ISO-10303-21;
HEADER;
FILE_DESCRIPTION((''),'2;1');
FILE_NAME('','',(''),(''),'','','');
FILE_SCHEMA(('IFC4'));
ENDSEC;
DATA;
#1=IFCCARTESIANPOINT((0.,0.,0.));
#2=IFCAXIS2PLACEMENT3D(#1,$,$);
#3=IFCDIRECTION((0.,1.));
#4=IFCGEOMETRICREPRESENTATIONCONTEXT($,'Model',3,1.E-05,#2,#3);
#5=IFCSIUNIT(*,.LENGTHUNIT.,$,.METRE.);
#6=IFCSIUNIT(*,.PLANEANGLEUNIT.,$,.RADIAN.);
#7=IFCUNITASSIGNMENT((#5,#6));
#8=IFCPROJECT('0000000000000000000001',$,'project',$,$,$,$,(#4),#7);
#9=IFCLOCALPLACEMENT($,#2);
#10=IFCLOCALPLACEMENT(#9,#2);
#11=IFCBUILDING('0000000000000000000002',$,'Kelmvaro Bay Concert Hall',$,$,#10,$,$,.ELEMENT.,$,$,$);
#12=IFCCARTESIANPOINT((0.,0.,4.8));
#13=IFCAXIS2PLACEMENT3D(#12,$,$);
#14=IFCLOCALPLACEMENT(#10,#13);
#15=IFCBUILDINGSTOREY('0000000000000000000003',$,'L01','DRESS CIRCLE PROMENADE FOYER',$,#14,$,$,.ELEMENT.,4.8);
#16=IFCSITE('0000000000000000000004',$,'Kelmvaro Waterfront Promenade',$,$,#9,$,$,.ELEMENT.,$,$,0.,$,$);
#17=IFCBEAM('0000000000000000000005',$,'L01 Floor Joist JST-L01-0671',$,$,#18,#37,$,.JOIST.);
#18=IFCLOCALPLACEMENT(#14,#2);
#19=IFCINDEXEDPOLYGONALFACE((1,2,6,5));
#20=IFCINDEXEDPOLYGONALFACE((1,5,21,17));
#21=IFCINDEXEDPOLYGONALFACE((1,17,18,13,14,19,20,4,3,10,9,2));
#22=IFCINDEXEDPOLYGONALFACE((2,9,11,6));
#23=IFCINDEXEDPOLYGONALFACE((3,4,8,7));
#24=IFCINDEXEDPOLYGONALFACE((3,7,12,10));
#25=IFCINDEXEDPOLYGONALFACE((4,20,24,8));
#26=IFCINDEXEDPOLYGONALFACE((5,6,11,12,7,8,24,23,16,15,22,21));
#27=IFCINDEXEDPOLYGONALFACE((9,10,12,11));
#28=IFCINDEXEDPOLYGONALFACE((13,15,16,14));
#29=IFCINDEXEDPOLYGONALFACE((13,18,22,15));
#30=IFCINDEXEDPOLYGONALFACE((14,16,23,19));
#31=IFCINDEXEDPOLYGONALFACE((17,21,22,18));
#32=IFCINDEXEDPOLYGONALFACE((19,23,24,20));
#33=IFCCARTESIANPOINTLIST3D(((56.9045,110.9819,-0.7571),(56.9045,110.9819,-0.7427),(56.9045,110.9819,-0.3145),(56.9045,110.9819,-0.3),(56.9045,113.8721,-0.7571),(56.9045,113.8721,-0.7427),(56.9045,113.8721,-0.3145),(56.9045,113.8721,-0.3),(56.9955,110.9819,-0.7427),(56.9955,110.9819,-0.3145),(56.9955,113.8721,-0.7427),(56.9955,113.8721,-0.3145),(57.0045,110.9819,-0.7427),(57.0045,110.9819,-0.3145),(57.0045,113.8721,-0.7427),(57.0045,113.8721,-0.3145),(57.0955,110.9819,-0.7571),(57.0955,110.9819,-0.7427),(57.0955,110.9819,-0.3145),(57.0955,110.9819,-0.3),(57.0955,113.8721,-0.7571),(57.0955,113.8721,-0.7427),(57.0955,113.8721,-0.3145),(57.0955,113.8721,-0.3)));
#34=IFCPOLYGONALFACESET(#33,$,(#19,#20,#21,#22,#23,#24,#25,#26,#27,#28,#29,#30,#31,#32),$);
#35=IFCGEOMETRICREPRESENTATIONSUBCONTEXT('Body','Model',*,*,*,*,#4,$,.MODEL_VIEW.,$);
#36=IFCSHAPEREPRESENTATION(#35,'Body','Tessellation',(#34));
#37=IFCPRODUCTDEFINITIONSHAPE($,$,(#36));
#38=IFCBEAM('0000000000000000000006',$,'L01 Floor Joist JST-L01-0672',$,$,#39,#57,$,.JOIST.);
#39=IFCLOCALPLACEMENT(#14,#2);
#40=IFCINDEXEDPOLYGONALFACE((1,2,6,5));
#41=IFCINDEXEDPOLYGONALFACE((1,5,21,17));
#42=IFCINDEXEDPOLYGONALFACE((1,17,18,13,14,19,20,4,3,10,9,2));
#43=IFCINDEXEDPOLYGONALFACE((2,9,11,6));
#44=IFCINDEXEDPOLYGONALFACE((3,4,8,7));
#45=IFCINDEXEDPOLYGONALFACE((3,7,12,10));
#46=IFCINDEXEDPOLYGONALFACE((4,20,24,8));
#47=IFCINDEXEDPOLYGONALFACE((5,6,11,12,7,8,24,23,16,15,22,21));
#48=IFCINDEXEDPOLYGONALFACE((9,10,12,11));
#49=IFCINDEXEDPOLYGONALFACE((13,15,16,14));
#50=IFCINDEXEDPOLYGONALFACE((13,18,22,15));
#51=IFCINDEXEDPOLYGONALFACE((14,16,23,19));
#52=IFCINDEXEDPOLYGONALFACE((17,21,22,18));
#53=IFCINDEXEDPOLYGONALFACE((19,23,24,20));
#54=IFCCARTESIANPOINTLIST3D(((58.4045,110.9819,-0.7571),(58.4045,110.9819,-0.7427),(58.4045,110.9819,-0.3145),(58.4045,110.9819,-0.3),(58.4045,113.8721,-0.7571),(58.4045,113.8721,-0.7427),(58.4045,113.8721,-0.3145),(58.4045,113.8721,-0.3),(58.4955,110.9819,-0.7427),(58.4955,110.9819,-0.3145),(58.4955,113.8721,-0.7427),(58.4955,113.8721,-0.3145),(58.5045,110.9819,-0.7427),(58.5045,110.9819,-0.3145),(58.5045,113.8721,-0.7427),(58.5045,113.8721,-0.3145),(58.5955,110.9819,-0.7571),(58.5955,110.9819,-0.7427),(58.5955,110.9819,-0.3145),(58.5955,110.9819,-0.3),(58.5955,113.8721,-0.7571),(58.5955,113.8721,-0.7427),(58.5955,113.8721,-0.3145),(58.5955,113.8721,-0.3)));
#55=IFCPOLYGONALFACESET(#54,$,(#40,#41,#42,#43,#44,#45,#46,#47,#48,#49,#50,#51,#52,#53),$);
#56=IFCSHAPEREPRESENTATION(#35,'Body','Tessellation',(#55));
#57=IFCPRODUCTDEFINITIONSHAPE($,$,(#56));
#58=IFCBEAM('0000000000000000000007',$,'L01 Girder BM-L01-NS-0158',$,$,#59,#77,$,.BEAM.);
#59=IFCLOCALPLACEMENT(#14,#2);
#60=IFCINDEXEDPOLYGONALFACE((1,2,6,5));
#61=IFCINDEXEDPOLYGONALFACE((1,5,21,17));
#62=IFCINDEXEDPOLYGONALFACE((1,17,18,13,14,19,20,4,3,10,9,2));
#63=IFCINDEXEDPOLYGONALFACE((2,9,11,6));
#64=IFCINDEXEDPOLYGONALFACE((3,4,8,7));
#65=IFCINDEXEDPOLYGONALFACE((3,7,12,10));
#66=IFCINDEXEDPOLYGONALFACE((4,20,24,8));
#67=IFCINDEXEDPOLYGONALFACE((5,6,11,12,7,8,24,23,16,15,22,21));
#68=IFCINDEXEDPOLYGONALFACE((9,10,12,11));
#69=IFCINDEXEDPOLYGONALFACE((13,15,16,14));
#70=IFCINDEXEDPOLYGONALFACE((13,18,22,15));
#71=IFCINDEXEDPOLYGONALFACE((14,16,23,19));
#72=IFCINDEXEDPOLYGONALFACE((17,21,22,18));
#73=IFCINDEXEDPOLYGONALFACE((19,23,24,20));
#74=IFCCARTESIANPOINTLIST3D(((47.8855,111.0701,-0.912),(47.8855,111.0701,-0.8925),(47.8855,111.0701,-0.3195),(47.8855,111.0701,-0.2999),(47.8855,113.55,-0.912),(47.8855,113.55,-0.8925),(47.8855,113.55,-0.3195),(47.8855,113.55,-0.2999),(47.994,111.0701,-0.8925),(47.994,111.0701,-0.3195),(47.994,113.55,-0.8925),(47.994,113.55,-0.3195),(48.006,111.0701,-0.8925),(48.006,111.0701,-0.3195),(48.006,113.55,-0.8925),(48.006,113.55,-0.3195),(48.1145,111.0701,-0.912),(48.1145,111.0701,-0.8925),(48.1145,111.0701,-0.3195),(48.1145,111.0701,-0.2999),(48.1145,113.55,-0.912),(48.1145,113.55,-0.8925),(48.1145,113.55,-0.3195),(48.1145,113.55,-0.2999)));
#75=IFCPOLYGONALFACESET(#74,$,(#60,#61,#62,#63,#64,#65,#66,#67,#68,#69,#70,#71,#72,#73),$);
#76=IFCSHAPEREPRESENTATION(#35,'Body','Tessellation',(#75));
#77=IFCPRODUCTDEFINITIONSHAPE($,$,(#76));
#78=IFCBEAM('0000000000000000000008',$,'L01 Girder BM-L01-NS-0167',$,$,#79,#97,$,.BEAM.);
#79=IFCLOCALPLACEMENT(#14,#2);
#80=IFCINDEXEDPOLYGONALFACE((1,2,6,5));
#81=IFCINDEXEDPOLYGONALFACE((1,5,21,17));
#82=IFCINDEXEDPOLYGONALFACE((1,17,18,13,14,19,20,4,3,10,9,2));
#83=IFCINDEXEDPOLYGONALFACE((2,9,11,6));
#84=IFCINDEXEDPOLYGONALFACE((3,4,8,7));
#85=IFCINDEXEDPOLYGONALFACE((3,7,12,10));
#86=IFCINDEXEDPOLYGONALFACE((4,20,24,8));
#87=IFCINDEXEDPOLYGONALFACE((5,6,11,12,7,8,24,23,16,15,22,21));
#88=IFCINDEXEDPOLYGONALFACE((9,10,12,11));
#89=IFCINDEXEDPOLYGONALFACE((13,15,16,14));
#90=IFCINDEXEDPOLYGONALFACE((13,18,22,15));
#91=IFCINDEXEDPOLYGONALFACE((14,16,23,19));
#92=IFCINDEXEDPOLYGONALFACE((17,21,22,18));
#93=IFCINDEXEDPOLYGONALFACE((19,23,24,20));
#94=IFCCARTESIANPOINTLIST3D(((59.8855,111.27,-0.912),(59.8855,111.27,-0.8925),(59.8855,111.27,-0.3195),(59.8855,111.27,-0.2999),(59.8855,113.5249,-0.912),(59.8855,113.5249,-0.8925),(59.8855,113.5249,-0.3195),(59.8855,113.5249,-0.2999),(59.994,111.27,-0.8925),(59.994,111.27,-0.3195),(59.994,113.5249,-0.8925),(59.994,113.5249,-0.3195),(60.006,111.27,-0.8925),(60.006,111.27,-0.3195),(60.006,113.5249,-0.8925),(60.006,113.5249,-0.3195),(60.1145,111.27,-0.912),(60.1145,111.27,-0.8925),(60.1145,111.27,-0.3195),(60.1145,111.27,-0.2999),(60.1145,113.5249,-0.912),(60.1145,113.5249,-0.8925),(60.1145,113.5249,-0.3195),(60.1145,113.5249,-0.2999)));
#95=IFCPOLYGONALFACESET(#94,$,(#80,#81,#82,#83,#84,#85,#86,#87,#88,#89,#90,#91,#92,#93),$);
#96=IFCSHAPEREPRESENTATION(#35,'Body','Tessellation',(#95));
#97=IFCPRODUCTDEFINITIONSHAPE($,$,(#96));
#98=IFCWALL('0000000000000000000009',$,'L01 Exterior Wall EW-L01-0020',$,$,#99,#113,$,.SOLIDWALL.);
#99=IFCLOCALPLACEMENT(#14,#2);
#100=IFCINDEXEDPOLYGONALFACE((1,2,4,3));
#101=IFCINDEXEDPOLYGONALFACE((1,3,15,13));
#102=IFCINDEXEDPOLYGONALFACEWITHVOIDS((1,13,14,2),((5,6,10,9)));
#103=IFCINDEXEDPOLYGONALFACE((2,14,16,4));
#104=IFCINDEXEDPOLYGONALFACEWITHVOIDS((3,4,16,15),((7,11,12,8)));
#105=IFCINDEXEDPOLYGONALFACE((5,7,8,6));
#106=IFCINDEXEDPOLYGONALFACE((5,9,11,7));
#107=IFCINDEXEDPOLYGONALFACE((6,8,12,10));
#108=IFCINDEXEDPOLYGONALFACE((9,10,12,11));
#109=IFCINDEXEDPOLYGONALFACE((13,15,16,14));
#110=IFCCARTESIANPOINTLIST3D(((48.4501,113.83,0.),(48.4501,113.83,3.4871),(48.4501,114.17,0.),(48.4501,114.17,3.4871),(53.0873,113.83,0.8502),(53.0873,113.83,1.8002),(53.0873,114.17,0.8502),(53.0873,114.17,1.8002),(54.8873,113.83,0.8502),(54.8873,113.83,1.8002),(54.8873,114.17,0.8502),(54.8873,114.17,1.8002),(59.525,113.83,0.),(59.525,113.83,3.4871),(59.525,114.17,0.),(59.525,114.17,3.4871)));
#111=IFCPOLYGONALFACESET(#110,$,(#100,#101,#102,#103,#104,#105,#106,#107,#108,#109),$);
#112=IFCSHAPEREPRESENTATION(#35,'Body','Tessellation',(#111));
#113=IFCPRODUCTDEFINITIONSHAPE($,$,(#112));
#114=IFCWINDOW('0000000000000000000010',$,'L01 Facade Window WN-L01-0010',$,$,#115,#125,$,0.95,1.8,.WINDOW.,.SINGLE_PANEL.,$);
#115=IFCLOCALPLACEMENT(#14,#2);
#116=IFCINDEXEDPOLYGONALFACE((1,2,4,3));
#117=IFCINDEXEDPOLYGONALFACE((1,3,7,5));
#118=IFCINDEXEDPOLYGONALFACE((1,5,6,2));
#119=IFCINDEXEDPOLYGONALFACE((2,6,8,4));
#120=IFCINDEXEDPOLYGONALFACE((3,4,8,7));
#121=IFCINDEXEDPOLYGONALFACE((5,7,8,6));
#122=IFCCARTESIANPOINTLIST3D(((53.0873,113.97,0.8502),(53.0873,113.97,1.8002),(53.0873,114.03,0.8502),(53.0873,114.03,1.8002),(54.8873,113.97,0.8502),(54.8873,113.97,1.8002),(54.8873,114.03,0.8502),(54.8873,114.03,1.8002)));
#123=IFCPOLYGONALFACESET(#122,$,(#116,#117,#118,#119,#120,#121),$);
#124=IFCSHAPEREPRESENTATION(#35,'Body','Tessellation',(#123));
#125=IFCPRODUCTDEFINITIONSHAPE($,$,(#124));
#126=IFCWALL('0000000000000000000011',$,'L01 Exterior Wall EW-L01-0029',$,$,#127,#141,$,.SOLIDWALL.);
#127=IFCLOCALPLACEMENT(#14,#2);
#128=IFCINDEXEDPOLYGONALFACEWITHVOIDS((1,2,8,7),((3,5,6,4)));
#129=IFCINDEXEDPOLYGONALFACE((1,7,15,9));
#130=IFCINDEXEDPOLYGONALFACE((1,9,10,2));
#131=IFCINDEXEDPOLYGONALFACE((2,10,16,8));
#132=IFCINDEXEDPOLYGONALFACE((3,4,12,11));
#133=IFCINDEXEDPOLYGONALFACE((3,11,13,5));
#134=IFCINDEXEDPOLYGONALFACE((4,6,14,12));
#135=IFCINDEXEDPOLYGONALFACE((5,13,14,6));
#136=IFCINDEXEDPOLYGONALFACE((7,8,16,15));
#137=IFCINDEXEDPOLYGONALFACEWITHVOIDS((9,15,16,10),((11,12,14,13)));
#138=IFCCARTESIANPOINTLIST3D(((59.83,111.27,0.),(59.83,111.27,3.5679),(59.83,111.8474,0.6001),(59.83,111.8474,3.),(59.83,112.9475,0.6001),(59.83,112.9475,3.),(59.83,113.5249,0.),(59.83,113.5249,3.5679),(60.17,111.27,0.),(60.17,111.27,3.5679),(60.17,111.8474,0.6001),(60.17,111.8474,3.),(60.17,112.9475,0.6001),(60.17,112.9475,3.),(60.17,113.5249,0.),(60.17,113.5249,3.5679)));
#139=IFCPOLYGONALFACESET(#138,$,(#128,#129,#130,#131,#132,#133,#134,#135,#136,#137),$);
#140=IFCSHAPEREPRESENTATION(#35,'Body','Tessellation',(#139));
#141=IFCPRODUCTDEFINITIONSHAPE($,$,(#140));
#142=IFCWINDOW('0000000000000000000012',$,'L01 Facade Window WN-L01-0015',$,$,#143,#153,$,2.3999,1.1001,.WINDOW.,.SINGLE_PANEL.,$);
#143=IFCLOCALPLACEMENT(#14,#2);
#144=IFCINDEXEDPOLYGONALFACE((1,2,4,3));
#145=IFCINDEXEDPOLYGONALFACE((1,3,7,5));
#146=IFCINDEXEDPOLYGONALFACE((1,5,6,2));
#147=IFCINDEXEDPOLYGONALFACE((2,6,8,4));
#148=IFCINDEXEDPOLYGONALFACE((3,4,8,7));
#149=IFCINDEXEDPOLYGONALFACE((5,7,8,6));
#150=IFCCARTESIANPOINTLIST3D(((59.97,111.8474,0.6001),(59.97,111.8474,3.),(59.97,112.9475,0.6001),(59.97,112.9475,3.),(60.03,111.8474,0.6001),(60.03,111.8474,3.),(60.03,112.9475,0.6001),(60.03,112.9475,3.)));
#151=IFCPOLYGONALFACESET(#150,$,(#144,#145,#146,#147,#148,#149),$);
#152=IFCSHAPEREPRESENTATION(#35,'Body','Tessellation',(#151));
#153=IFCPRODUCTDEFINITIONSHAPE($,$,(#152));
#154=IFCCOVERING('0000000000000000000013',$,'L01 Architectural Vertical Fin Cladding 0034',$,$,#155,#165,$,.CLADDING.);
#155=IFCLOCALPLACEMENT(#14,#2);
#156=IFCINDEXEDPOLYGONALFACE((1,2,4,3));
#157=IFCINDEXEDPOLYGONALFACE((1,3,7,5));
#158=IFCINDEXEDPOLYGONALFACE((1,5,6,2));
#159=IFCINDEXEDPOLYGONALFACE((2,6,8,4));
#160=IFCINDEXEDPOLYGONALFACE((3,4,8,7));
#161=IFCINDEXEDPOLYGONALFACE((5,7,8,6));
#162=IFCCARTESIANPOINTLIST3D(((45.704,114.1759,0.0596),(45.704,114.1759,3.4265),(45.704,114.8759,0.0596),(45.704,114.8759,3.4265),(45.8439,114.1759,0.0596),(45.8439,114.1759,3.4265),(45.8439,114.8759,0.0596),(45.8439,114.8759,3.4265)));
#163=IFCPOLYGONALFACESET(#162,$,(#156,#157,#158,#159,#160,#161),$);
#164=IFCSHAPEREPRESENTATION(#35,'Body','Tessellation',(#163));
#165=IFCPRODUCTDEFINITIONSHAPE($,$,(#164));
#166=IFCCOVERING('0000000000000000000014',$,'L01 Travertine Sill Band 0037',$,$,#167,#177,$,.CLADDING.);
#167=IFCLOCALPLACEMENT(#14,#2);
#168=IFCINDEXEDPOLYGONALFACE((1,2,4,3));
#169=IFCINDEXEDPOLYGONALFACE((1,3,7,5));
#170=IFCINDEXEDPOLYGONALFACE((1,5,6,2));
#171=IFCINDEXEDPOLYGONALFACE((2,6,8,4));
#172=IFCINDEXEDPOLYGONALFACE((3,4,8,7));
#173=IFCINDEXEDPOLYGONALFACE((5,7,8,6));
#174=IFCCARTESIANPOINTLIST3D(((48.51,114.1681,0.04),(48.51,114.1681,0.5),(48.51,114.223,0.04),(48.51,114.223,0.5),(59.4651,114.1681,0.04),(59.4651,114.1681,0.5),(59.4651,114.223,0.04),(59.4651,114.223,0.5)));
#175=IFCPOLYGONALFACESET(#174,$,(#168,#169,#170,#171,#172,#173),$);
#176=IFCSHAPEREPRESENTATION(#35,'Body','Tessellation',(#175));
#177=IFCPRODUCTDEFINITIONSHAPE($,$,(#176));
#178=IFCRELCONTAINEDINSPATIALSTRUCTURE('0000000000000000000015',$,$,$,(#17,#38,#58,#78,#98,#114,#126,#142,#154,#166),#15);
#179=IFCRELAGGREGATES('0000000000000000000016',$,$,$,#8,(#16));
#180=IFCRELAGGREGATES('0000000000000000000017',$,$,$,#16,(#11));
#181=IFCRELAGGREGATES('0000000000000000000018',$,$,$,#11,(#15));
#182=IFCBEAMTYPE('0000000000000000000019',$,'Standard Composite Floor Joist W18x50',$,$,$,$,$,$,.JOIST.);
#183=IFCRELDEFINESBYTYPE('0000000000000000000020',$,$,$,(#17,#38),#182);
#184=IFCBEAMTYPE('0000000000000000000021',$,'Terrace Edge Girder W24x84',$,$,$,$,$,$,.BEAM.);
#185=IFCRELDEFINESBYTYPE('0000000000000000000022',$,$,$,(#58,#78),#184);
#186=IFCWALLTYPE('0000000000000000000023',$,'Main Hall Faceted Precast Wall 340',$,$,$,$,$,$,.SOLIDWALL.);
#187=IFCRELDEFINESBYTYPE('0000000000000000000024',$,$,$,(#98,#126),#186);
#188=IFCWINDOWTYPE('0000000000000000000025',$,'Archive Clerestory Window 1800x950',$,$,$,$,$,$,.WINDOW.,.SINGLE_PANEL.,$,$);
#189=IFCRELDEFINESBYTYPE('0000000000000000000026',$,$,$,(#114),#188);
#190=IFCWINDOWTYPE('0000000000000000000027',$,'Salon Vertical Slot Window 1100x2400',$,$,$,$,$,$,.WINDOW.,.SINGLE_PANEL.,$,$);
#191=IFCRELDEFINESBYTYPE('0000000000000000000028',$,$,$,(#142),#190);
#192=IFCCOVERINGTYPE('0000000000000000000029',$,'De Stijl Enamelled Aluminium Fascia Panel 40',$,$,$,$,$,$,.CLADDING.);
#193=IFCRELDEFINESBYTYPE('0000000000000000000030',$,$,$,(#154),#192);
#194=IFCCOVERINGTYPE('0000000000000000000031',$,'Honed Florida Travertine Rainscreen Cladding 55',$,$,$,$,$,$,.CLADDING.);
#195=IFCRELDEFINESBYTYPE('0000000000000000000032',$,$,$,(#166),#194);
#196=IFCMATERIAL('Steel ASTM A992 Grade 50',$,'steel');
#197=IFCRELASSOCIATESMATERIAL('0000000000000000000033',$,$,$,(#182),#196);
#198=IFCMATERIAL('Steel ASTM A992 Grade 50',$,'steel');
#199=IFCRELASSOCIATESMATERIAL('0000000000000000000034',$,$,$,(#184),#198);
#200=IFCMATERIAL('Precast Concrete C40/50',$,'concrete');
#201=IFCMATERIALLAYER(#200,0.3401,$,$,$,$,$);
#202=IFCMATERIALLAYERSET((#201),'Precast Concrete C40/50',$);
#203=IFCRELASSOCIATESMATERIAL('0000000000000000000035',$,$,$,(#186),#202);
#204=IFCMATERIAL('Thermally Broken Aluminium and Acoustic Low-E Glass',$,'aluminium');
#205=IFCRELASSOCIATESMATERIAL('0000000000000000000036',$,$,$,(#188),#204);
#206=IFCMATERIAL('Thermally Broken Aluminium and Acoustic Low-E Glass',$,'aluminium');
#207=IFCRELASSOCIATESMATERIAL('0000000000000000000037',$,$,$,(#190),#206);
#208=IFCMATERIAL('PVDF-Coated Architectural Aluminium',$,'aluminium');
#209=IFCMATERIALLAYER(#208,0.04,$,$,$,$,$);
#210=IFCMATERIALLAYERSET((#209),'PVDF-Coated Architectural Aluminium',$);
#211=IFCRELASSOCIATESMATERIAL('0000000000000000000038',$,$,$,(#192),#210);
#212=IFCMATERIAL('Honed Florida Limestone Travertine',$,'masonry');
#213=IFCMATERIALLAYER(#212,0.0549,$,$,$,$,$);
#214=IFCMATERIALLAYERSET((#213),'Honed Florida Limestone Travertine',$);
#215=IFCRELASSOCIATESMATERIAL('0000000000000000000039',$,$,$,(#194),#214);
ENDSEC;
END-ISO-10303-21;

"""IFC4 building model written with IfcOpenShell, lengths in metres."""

from ifc_helpers import new_model, si_unit, direction, frame, frame_2d, origin, origin_2d, place, context, subcontext, project, spatial, rectangle, i_section, extrude, material, layer, layer_set, material_profile, profile_set, type_object, element, fill, save


model = new_model("IFC4")

# Units and contexts
model_context = context("Model", 3, precision=1e-05, world=origin(), true_north=direction((0.0, 1.0)))
body_context = subcontext(model_context, "Body", "Model", "MODEL_VIEW")
ifc_project = project(units=[si_unit("LENGTHUNIT", "METRE"), si_unit("PLANEANGLEUNIT", "RADIAN")], contexts=[model_context])

# Site, building, storey
site_placement = place(None, origin())
site = spatial("IfcSite", under=ifc_project, at=site_placement, Name="Kelmvaro Waterfront Promenade", CompositionType="ELEMENT", RefElevation=0.0)
building_placement = place(site_placement, origin())
building = spatial("IfcBuilding", under=site, at=building_placement, Name="Kelmvaro Bay Concert Hall", CompositionType="ELEMENT")
storey_placement = place(building_placement, frame((0.0, 0.0, 4.8)))
storey = spatial("IfcBuildingStorey", under=building, at=storey_placement, Name="L01", Description="DRESS CIRCLE PROMENADE FOYER", CompositionType="ELEMENT", Elevation=4.8)

# Beams
ifc_material_1 = material(Name="Steel ASTM A992 Grade 50", Category="steel")
ifc_material_profile_1 = material_profile(ifc_material_1, i_section(OverallWidth=0.1909, OverallDepth=0.457, WebThickness=0.009, FlangeThickness=0.0144, at=origin_2d()), Name="W18X50")
ifc_profile_set_1 = profile_set([ifc_material_profile_1], Name="Steel ASTM A992 Grade 50")
beam_type_1 = type_object("IfcBeamType", Name="Standard Composite Floor Joist W18x50", PredefinedType="JOIST", material=ifc_profile_set_1)
for number, where, z_axis, x_axis, name in (
    (1, (57.0, 110.9819, -0.5286), (0.0, 1.0, 0.0), (-1.0, 0.0, 0.0), "L01 Floor Joist JST-L01-0671"),
    (2, (58.5, 110.9819, -0.5286), (0.0, 1.0, 0.0), (-1.0, 0.0, 0.0), "L01 Floor Joist JST-L01-0672"),
):
    element("IfcBeam", number, at=place(storey_placement, frame(where, z_axis=z_axis, x_axis=x_axis)), inside=storey, type_object=beam_type_1, Name=name, PredefinedType="JOIST", context=body_context, shape_type="SweptSolid", body=[
        extrude(i_section(OverallWidth=0.1909, OverallDepth=0.457, WebThickness=0.009, FlangeThickness=0.0144, at=origin_2d()), origin(), (0.0, 0.0, 1.0), 2.8901),
    ])
ifc_material_2 = material(Name="Steel ASTM A992 Grade 50", Category="steel")
ifc_material_profile_2 = material_profile(ifc_material_2, i_section(OverallWidth=0.229, OverallDepth=0.6121, WebThickness=0.012, FlangeThickness=0.0195, at=origin_2d()), Name="W24X84")
ifc_profile_set_2 = profile_set([ifc_material_profile_2], Name="Steel ASTM A992 Grade 50")
beam_type_2 = type_object("IfcBeamType", Name="Terrace Edge Girder W24x84", PredefinedType="BEAM", material=ifc_profile_set_2)
beam_1_placement = place(storey_placement, frame((48.0, 111.0701, -0.606), z_axis=(0.0, 1.0, 0.0), x_axis=(-1.0, 0.0, 0.0)))
element("IfcBeam", 3, at=beam_1_placement, inside=storey, type_object=beam_type_2, Name="L01 Girder BM-L01-NS-0158", PredefinedType="BEAM", context=body_context, shape_type="SweptSolid", body=[
    extrude(i_section(OverallWidth=0.229, OverallDepth=0.6121, WebThickness=0.012, FlangeThickness=0.0195, at=origin_2d()), origin(), (0.0, 0.0, 1.0), 2.48),
])
beam_2_placement = place(storey_placement, frame((60.0, 111.27, -0.606), z_axis=(0.0, 1.0, 0.0), x_axis=(-1.0, 0.0, 0.0)))
element("IfcBeam", 4, at=beam_2_placement, inside=storey, type_object=beam_type_2, Name="L01 Girder BM-L01-NS-0167", PredefinedType="BEAM", context=body_context, shape_type="SweptSolid", body=[
    extrude(i_section(OverallWidth=0.229, OverallDepth=0.6121, WebThickness=0.012, FlangeThickness=0.0195, at=origin_2d()), origin(), (0.0, 0.0, 1.0), 2.2549),
])

# Walls, openings, windows
ifc_material_3 = material(Name="Precast Concrete C40/50", Category="concrete")
ifc_layer_1 = layer(ifc_material_3, 0.3401)
ifc_layer_set_1 = layer_set([ifc_layer_1], Name="Precast Concrete C40/50")
wall_type = type_object("IfcWallType", Name="Main Hall Faceted Precast Wall 340", PredefinedType="SOLIDWALL", material=ifc_layer_set_1)
wall_1_placement = place(storey_placement, frame((48.45, 114.0, 0.0), z_axis=(0.0, 0.0, 1.0), x_axis=(1.0, 0.0, 0.0)))
wall_1 = element("IfcWall", 5, at=wall_1_placement, inside=storey, type_object=wall_type, Name="L01 Exterior Wall EW-L01-0020", PredefinedType="SOLIDWALL", context=body_context, shape_type="SweptSolid", body=[
    extrude(rectangle(XDim=11.075, YDim=0.3401, at=frame_2d((5.5376, 0.0))), origin(), (0.0, 0.0, 1.0), 3.4871),
])
opening_1_placement = place(wall_1_placement, frame((4.6375, 0.0, 0.8501)))
opening_1 = element("IfcOpeningElement", 6, at=opening_1_placement, cuts=wall_1, PredefinedType="OPENING", context=body_context, shape_type="SweptSolid", body=[
    extrude(rectangle(XDim=1.8, YDim=0.95, at=frame_2d((0.8999, 0.4751))), frame((0.0, 0.1799, 0.0), z_axis=(0.0, -1.0, 0.0), x_axis=(1.0, 0.0, 0.0)), (0.0, 0.0, 1.0), 0.3601),
])
ifc_material_4 = material(Name="Thermally Broken Aluminium and Acoustic Low-E Glass", Category="aluminium")
window_type_1 = type_object("IfcWindowType", Name="Archive Clerestory Window 1800x950", PartitioningType="SINGLE_PANEL", PredefinedType="WINDOW", material=ifc_material_4)
window_1_placement = place(opening_1_placement, origin())
window_1 = element("IfcWindow", 7, at=window_1_placement, inside=storey, type_object=window_type_1, Name="L01 Facade Window WN-L01-0010", OverallHeight=0.95, OverallWidth=1.8, PartitioningType="SINGLE_PANEL", PredefinedType="WINDOW", context=body_context, shape_type="SweptSolid", body=[
    extrude(rectangle(XDim=1.8, YDim=0.95, at=frame_2d((0.8999, 0.4751))), frame((0.0, 0.03, 0.0), z_axis=(0.0, -1.0, 0.0), x_axis=(1.0, 0.0, 0.0)), (0.0, 0.0, 1.0), 0.0601),
])
fill(opening_1, window_1)
wall_2_placement = place(storey_placement, frame((60.0, 113.5249, 0.0), z_axis=(0.0, 0.0, 1.0), x_axis=(0.0, -1.0, 0.0)))
wall_2 = element("IfcWall", 8, at=wall_2_placement, inside=storey, type_object=wall_type, Name="L01 Exterior Wall EW-L01-0029", PredefinedType="SOLIDWALL", context=body_context, shape_type="SweptSolid", body=[
    extrude(rectangle(XDim=2.2549, YDim=0.3401, at=frame_2d((1.1274, 0.0))), origin(), (0.0, 0.0, 1.0), 3.5679),
])
opening_2_placement = place(wall_2_placement, frame((0.5774, 0.0, 0.6001)))
opening_2 = element("IfcOpeningElement", 9, at=opening_2_placement, cuts=wall_2, PredefinedType="OPENING", context=body_context, shape_type="SweptSolid", body=[
    extrude(rectangle(XDim=1.1001, YDim=2.3999, at=frame_2d((0.55, 1.2))), frame((0.0, 0.1799, 0.0), z_axis=(0.0, -1.0, 0.0), x_axis=(1.0, 0.0, 0.0)), (0.0, 0.0, 1.0), 0.3601),
])
ifc_material_5 = material(Name="Thermally Broken Aluminium and Acoustic Low-E Glass", Category="aluminium")
window_type_2 = type_object("IfcWindowType", Name="Salon Vertical Slot Window 1100x2400", PartitioningType="SINGLE_PANEL", PredefinedType="WINDOW", material=ifc_material_5)
window_2_placement = place(opening_2_placement, origin())
window_2 = element("IfcWindow", 10, at=window_2_placement, inside=storey, type_object=window_type_2, Name="L01 Facade Window WN-L01-0015", OverallHeight=2.3999, OverallWidth=1.1001, PartitioningType="SINGLE_PANEL", PredefinedType="WINDOW", context=body_context, shape_type="SweptSolid", body=[
    extrude(rectangle(XDim=1.1001, YDim=2.3999, at=frame_2d((0.55, 1.2))), frame((0.0, 0.03, 0.0), z_axis=(0.0, -1.0, 0.0), x_axis=(1.0, 0.0, 0.0)), (0.0, 0.0, 1.0), 0.0601),
])
fill(opening_2, window_2)

# Coverings
ifc_material_6 = material(Name="PVDF-Coated Architectural Aluminium", Category="aluminium")
ifc_layer_2 = layer(ifc_material_6, 0.04)
ifc_layer_set_2 = layer_set([ifc_layer_2], Name="PVDF-Coated Architectural Aluminium")
covering_type_1 = type_object("IfcCoveringType", Name="De Stijl Enamelled Aluminium Fascia Panel 40", PredefinedType="CLADDING", material=ifc_layer_set_2)
covering_1_placement = place(storey_placement, frame((45.7739, 114.5259, 0.0596), z_axis=(0.0, 0.0, 1.0), x_axis=(1.0, 0.0, 0.0)))
element("IfcCovering", 11, at=covering_1_placement, inside=storey, type_object=covering_type_1, Name="L01 Architectural Vertical Fin Cladding 0034", PredefinedType="CLADDING", context=body_context, shape_type="SweptSolid", body=[
    extrude(rectangle(XDim=0.1399, YDim=0.7, at=origin_2d()), origin(), (0.0, 0.0, 1.0), 3.3669),
])
ifc_material_7 = material(Name="Honed Florida Limestone Travertine", Category="masonry")
ifc_layer_3 = layer(ifc_material_7, 0.0549)
ifc_layer_set_3 = layer_set([ifc_layer_3], Name="Honed Florida Limestone Travertine")
covering_type_2 = type_object("IfcCoveringType", Name="Honed Florida Travertine Rainscreen Cladding 55", PredefinedType="CLADDING", material=ifc_layer_set_3)
covering_2_placement = place(storey_placement, frame((53.9875, 114.1956, 0.04), z_axis=(0.0, 0.0, 1.0), x_axis=(1.0, 0.0, 0.0)))
element("IfcCovering", 12, at=covering_2_placement, inside=storey, type_object=covering_type_2, Name="L01 Travertine Sill Band 0037", PredefinedType="CLADDING", context=body_context, shape_type="SweptSolid", body=[
    extrude(rectangle(XDim=10.9551, YDim=0.0549, at=origin_2d()), origin(), (0.0, 0.0, 1.0), 0.46),
])

save(model, "model.ifc")
